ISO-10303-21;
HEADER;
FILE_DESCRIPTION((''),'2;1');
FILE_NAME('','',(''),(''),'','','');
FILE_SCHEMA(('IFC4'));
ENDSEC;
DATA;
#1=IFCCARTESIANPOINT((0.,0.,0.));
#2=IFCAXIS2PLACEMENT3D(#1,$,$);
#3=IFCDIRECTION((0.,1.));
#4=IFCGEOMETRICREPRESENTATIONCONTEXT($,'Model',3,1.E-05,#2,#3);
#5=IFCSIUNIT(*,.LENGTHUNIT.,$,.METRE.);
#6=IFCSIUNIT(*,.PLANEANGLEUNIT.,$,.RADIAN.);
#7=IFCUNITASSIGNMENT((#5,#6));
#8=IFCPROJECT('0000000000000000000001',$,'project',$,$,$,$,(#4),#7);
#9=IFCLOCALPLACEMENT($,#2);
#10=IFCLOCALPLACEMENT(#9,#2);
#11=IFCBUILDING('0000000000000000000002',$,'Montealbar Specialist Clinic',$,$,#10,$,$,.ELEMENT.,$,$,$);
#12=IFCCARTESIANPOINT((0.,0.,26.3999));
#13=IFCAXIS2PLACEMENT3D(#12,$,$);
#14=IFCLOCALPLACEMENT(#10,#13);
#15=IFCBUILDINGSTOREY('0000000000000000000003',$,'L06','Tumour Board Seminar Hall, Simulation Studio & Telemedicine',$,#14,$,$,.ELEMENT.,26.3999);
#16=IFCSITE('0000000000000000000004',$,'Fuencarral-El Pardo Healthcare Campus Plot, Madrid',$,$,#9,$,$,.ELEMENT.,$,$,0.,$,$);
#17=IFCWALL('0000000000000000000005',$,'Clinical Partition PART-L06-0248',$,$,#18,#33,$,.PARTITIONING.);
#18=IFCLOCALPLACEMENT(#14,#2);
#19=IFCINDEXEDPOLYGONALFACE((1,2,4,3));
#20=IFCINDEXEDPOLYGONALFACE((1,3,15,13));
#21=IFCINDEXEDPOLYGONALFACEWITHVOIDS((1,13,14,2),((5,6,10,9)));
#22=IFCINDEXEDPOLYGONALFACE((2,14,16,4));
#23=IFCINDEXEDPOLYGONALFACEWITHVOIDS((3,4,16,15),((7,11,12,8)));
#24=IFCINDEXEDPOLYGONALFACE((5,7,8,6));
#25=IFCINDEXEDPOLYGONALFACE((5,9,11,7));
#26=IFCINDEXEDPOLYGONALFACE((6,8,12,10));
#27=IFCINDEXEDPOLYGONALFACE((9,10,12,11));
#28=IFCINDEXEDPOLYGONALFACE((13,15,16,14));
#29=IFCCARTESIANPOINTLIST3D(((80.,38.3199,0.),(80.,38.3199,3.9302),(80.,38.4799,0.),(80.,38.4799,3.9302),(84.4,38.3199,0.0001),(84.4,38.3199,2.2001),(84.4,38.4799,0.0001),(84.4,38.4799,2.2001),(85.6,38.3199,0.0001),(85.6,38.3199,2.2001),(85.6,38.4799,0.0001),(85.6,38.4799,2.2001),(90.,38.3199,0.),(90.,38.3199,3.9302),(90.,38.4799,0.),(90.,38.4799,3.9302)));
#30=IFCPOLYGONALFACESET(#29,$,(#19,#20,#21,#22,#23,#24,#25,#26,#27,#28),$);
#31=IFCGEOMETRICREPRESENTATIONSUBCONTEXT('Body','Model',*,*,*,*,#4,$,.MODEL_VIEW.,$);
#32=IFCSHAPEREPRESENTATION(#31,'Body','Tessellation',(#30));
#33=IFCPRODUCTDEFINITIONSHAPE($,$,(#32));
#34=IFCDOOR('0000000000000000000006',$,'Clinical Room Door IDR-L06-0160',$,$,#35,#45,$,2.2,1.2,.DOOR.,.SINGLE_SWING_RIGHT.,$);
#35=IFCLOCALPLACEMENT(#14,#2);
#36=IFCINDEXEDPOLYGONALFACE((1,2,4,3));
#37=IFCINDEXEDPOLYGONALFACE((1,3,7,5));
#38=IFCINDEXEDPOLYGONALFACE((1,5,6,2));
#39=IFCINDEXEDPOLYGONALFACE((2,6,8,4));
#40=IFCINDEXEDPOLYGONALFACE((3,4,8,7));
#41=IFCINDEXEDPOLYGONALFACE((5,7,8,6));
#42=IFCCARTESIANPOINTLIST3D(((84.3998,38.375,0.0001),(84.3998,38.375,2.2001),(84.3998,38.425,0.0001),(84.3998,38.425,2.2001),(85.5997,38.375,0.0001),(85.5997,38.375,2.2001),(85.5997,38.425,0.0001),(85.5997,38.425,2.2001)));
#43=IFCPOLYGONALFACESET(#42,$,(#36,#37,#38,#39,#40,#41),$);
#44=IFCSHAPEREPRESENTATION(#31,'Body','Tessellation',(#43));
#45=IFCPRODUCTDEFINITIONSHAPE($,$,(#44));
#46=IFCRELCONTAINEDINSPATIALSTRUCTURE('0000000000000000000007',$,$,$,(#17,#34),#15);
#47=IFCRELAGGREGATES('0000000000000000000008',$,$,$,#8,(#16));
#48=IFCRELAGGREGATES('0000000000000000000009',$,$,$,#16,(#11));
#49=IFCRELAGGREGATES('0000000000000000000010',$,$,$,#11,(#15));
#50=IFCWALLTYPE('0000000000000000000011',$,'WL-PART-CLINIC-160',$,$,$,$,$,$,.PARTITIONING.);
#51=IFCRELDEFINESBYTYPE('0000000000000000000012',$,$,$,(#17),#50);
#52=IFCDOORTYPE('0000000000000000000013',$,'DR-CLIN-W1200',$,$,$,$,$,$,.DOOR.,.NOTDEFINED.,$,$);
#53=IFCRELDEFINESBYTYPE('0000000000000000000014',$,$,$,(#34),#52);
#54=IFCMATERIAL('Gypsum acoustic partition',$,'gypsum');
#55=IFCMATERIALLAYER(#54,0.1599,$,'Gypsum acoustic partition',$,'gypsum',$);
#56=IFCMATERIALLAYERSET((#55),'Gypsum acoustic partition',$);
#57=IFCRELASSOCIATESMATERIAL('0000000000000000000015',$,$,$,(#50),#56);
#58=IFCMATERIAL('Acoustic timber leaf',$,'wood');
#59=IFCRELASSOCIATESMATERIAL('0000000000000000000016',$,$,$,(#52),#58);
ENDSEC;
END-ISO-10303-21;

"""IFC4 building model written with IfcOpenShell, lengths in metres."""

from ifc_helpers import new_model, si_unit, direction, frame, frame_2d, origin, place, context, subcontext, project, spatial, rectangle, extrude, material, layer, layer_set, type_object, element, fill, save


model = new_model("IFC4")

# Units and contexts
model_context = context("Model", 3, precision=1e-05, world=origin(), true_north=direction((0.0, 1.0)))
body_context = subcontext(model_context, "Body", "Model", "MODEL_VIEW")
ifc_project = project(units=[si_unit("LENGTHUNIT", "METRE"), si_unit("PLANEANGLEUNIT", "RADIAN")], contexts=[model_context])

# Site, building, storey
site_placement = place(None, origin())
site = spatial("IfcSite", under=ifc_project, at=site_placement, Name="Fuencarral-El Pardo Healthcare Campus Plot, Madrid", CompositionType="ELEMENT", RefElevation=0.0)
building_placement = place(site_placement, origin())
building = spatial("IfcBuilding", under=site, at=building_placement, Name="Montealbar Specialist Clinic", CompositionType="ELEMENT")
storey_placement = place(building_placement, frame((0.0, 0.0, 26.3999)))
storey = spatial("IfcBuildingStorey", under=building, at=storey_placement, Name="L06", Description="Tumour Board Seminar Hall, Simulation Studio & Telemedicine", CompositionType="ELEMENT", Elevation=26.3999)

# Shared definitions
ifc_material_1 = material(Name="Gypsum acoustic partition", Category="gypsum")

# Wall, opening, door
ifc_layer_1 = layer(ifc_material_1, 0.1599, Name="Gypsum acoustic partition", Category="gypsum")
ifc_layer_set_1 = layer_set([ifc_layer_1], Name="Gypsum acoustic partition")
wall_type_1 = type_object("IfcWallType", Name="WL-PART-CLINIC-160", PredefinedType="PARTITIONING", material=ifc_layer_set_1)
wall_1_placement = place(storey_placement, frame((80.0, 38.3999, 0.0), z_axis=(0.0, 0.0, 1.0), x_axis=(1.0, 0.0, 0.0)))
wall_1 = element("IfcWall", 1, at=wall_1_placement, inside=storey, type_object=wall_type_1, Name="Clinical Partition PART-L06-0248", PredefinedType="PARTITIONING", context=body_context, shape_type="SweptSolid", body=[
    extrude(rectangle(XDim=10.0, YDim=0.1599, at=frame_2d((5.0, 0.0))), origin(), (0.0, 0.0, 1.0), 3.9302),
])
opening_placement = place(wall_1_placement, frame((4.3999, 0.0, 0.0)))
opening = element("IfcOpeningElement", 2, at=opening_placement, cuts=wall_1, PredefinedType="OPENING", context=body_context, shape_type="SweptSolid", body=[
    extrude(rectangle(XDim=1.2, YDim=2.2, at=frame_2d((0.6001, 1.1001))), frame((0.0, 0.0898, 0.0), z_axis=(0.0, -1.0, 0.0), x_axis=(1.0, 0.0, 0.0)), (0.0, 0.0, 1.0), 0.1799),
])
ifc_material_2 = material(Name="Acoustic timber leaf", Category="wood")
door_type = type_object("IfcDoorType", Name="DR-CLIN-W1200", OperationType="NOTDEFINED", PredefinedType="DOOR", material=ifc_material_2)
door_placement = place(opening_placement, frame((1.2, 0.0, 0.0), z_axis=(0.0, 0.0, 1.0), x_axis=(-1.0, 0.0, 0.0)))
door = element("IfcDoor", 3, at=door_placement, inside=storey, type_object=door_type, Name="Clinical Room Door IDR-L06-0160", OperationType="SINGLE_SWING_RIGHT", OverallHeight=2.2, OverallWidth=1.2, PredefinedType="DOOR", context=body_context, shape_type="SweptSolid", body=[
    extrude(rectangle(XDim=1.2, YDim=2.2, at=frame_2d((0.6001, 1.1001))), frame((0.0, 0.0249, 0.0), z_axis=(0.0, -1.0, 0.0), x_axis=(1.0, 0.0, 0.0)), (0.0, 0.0, 1.0), 0.05),
])
fill(opening, door)

save(model, "model.ifc")
